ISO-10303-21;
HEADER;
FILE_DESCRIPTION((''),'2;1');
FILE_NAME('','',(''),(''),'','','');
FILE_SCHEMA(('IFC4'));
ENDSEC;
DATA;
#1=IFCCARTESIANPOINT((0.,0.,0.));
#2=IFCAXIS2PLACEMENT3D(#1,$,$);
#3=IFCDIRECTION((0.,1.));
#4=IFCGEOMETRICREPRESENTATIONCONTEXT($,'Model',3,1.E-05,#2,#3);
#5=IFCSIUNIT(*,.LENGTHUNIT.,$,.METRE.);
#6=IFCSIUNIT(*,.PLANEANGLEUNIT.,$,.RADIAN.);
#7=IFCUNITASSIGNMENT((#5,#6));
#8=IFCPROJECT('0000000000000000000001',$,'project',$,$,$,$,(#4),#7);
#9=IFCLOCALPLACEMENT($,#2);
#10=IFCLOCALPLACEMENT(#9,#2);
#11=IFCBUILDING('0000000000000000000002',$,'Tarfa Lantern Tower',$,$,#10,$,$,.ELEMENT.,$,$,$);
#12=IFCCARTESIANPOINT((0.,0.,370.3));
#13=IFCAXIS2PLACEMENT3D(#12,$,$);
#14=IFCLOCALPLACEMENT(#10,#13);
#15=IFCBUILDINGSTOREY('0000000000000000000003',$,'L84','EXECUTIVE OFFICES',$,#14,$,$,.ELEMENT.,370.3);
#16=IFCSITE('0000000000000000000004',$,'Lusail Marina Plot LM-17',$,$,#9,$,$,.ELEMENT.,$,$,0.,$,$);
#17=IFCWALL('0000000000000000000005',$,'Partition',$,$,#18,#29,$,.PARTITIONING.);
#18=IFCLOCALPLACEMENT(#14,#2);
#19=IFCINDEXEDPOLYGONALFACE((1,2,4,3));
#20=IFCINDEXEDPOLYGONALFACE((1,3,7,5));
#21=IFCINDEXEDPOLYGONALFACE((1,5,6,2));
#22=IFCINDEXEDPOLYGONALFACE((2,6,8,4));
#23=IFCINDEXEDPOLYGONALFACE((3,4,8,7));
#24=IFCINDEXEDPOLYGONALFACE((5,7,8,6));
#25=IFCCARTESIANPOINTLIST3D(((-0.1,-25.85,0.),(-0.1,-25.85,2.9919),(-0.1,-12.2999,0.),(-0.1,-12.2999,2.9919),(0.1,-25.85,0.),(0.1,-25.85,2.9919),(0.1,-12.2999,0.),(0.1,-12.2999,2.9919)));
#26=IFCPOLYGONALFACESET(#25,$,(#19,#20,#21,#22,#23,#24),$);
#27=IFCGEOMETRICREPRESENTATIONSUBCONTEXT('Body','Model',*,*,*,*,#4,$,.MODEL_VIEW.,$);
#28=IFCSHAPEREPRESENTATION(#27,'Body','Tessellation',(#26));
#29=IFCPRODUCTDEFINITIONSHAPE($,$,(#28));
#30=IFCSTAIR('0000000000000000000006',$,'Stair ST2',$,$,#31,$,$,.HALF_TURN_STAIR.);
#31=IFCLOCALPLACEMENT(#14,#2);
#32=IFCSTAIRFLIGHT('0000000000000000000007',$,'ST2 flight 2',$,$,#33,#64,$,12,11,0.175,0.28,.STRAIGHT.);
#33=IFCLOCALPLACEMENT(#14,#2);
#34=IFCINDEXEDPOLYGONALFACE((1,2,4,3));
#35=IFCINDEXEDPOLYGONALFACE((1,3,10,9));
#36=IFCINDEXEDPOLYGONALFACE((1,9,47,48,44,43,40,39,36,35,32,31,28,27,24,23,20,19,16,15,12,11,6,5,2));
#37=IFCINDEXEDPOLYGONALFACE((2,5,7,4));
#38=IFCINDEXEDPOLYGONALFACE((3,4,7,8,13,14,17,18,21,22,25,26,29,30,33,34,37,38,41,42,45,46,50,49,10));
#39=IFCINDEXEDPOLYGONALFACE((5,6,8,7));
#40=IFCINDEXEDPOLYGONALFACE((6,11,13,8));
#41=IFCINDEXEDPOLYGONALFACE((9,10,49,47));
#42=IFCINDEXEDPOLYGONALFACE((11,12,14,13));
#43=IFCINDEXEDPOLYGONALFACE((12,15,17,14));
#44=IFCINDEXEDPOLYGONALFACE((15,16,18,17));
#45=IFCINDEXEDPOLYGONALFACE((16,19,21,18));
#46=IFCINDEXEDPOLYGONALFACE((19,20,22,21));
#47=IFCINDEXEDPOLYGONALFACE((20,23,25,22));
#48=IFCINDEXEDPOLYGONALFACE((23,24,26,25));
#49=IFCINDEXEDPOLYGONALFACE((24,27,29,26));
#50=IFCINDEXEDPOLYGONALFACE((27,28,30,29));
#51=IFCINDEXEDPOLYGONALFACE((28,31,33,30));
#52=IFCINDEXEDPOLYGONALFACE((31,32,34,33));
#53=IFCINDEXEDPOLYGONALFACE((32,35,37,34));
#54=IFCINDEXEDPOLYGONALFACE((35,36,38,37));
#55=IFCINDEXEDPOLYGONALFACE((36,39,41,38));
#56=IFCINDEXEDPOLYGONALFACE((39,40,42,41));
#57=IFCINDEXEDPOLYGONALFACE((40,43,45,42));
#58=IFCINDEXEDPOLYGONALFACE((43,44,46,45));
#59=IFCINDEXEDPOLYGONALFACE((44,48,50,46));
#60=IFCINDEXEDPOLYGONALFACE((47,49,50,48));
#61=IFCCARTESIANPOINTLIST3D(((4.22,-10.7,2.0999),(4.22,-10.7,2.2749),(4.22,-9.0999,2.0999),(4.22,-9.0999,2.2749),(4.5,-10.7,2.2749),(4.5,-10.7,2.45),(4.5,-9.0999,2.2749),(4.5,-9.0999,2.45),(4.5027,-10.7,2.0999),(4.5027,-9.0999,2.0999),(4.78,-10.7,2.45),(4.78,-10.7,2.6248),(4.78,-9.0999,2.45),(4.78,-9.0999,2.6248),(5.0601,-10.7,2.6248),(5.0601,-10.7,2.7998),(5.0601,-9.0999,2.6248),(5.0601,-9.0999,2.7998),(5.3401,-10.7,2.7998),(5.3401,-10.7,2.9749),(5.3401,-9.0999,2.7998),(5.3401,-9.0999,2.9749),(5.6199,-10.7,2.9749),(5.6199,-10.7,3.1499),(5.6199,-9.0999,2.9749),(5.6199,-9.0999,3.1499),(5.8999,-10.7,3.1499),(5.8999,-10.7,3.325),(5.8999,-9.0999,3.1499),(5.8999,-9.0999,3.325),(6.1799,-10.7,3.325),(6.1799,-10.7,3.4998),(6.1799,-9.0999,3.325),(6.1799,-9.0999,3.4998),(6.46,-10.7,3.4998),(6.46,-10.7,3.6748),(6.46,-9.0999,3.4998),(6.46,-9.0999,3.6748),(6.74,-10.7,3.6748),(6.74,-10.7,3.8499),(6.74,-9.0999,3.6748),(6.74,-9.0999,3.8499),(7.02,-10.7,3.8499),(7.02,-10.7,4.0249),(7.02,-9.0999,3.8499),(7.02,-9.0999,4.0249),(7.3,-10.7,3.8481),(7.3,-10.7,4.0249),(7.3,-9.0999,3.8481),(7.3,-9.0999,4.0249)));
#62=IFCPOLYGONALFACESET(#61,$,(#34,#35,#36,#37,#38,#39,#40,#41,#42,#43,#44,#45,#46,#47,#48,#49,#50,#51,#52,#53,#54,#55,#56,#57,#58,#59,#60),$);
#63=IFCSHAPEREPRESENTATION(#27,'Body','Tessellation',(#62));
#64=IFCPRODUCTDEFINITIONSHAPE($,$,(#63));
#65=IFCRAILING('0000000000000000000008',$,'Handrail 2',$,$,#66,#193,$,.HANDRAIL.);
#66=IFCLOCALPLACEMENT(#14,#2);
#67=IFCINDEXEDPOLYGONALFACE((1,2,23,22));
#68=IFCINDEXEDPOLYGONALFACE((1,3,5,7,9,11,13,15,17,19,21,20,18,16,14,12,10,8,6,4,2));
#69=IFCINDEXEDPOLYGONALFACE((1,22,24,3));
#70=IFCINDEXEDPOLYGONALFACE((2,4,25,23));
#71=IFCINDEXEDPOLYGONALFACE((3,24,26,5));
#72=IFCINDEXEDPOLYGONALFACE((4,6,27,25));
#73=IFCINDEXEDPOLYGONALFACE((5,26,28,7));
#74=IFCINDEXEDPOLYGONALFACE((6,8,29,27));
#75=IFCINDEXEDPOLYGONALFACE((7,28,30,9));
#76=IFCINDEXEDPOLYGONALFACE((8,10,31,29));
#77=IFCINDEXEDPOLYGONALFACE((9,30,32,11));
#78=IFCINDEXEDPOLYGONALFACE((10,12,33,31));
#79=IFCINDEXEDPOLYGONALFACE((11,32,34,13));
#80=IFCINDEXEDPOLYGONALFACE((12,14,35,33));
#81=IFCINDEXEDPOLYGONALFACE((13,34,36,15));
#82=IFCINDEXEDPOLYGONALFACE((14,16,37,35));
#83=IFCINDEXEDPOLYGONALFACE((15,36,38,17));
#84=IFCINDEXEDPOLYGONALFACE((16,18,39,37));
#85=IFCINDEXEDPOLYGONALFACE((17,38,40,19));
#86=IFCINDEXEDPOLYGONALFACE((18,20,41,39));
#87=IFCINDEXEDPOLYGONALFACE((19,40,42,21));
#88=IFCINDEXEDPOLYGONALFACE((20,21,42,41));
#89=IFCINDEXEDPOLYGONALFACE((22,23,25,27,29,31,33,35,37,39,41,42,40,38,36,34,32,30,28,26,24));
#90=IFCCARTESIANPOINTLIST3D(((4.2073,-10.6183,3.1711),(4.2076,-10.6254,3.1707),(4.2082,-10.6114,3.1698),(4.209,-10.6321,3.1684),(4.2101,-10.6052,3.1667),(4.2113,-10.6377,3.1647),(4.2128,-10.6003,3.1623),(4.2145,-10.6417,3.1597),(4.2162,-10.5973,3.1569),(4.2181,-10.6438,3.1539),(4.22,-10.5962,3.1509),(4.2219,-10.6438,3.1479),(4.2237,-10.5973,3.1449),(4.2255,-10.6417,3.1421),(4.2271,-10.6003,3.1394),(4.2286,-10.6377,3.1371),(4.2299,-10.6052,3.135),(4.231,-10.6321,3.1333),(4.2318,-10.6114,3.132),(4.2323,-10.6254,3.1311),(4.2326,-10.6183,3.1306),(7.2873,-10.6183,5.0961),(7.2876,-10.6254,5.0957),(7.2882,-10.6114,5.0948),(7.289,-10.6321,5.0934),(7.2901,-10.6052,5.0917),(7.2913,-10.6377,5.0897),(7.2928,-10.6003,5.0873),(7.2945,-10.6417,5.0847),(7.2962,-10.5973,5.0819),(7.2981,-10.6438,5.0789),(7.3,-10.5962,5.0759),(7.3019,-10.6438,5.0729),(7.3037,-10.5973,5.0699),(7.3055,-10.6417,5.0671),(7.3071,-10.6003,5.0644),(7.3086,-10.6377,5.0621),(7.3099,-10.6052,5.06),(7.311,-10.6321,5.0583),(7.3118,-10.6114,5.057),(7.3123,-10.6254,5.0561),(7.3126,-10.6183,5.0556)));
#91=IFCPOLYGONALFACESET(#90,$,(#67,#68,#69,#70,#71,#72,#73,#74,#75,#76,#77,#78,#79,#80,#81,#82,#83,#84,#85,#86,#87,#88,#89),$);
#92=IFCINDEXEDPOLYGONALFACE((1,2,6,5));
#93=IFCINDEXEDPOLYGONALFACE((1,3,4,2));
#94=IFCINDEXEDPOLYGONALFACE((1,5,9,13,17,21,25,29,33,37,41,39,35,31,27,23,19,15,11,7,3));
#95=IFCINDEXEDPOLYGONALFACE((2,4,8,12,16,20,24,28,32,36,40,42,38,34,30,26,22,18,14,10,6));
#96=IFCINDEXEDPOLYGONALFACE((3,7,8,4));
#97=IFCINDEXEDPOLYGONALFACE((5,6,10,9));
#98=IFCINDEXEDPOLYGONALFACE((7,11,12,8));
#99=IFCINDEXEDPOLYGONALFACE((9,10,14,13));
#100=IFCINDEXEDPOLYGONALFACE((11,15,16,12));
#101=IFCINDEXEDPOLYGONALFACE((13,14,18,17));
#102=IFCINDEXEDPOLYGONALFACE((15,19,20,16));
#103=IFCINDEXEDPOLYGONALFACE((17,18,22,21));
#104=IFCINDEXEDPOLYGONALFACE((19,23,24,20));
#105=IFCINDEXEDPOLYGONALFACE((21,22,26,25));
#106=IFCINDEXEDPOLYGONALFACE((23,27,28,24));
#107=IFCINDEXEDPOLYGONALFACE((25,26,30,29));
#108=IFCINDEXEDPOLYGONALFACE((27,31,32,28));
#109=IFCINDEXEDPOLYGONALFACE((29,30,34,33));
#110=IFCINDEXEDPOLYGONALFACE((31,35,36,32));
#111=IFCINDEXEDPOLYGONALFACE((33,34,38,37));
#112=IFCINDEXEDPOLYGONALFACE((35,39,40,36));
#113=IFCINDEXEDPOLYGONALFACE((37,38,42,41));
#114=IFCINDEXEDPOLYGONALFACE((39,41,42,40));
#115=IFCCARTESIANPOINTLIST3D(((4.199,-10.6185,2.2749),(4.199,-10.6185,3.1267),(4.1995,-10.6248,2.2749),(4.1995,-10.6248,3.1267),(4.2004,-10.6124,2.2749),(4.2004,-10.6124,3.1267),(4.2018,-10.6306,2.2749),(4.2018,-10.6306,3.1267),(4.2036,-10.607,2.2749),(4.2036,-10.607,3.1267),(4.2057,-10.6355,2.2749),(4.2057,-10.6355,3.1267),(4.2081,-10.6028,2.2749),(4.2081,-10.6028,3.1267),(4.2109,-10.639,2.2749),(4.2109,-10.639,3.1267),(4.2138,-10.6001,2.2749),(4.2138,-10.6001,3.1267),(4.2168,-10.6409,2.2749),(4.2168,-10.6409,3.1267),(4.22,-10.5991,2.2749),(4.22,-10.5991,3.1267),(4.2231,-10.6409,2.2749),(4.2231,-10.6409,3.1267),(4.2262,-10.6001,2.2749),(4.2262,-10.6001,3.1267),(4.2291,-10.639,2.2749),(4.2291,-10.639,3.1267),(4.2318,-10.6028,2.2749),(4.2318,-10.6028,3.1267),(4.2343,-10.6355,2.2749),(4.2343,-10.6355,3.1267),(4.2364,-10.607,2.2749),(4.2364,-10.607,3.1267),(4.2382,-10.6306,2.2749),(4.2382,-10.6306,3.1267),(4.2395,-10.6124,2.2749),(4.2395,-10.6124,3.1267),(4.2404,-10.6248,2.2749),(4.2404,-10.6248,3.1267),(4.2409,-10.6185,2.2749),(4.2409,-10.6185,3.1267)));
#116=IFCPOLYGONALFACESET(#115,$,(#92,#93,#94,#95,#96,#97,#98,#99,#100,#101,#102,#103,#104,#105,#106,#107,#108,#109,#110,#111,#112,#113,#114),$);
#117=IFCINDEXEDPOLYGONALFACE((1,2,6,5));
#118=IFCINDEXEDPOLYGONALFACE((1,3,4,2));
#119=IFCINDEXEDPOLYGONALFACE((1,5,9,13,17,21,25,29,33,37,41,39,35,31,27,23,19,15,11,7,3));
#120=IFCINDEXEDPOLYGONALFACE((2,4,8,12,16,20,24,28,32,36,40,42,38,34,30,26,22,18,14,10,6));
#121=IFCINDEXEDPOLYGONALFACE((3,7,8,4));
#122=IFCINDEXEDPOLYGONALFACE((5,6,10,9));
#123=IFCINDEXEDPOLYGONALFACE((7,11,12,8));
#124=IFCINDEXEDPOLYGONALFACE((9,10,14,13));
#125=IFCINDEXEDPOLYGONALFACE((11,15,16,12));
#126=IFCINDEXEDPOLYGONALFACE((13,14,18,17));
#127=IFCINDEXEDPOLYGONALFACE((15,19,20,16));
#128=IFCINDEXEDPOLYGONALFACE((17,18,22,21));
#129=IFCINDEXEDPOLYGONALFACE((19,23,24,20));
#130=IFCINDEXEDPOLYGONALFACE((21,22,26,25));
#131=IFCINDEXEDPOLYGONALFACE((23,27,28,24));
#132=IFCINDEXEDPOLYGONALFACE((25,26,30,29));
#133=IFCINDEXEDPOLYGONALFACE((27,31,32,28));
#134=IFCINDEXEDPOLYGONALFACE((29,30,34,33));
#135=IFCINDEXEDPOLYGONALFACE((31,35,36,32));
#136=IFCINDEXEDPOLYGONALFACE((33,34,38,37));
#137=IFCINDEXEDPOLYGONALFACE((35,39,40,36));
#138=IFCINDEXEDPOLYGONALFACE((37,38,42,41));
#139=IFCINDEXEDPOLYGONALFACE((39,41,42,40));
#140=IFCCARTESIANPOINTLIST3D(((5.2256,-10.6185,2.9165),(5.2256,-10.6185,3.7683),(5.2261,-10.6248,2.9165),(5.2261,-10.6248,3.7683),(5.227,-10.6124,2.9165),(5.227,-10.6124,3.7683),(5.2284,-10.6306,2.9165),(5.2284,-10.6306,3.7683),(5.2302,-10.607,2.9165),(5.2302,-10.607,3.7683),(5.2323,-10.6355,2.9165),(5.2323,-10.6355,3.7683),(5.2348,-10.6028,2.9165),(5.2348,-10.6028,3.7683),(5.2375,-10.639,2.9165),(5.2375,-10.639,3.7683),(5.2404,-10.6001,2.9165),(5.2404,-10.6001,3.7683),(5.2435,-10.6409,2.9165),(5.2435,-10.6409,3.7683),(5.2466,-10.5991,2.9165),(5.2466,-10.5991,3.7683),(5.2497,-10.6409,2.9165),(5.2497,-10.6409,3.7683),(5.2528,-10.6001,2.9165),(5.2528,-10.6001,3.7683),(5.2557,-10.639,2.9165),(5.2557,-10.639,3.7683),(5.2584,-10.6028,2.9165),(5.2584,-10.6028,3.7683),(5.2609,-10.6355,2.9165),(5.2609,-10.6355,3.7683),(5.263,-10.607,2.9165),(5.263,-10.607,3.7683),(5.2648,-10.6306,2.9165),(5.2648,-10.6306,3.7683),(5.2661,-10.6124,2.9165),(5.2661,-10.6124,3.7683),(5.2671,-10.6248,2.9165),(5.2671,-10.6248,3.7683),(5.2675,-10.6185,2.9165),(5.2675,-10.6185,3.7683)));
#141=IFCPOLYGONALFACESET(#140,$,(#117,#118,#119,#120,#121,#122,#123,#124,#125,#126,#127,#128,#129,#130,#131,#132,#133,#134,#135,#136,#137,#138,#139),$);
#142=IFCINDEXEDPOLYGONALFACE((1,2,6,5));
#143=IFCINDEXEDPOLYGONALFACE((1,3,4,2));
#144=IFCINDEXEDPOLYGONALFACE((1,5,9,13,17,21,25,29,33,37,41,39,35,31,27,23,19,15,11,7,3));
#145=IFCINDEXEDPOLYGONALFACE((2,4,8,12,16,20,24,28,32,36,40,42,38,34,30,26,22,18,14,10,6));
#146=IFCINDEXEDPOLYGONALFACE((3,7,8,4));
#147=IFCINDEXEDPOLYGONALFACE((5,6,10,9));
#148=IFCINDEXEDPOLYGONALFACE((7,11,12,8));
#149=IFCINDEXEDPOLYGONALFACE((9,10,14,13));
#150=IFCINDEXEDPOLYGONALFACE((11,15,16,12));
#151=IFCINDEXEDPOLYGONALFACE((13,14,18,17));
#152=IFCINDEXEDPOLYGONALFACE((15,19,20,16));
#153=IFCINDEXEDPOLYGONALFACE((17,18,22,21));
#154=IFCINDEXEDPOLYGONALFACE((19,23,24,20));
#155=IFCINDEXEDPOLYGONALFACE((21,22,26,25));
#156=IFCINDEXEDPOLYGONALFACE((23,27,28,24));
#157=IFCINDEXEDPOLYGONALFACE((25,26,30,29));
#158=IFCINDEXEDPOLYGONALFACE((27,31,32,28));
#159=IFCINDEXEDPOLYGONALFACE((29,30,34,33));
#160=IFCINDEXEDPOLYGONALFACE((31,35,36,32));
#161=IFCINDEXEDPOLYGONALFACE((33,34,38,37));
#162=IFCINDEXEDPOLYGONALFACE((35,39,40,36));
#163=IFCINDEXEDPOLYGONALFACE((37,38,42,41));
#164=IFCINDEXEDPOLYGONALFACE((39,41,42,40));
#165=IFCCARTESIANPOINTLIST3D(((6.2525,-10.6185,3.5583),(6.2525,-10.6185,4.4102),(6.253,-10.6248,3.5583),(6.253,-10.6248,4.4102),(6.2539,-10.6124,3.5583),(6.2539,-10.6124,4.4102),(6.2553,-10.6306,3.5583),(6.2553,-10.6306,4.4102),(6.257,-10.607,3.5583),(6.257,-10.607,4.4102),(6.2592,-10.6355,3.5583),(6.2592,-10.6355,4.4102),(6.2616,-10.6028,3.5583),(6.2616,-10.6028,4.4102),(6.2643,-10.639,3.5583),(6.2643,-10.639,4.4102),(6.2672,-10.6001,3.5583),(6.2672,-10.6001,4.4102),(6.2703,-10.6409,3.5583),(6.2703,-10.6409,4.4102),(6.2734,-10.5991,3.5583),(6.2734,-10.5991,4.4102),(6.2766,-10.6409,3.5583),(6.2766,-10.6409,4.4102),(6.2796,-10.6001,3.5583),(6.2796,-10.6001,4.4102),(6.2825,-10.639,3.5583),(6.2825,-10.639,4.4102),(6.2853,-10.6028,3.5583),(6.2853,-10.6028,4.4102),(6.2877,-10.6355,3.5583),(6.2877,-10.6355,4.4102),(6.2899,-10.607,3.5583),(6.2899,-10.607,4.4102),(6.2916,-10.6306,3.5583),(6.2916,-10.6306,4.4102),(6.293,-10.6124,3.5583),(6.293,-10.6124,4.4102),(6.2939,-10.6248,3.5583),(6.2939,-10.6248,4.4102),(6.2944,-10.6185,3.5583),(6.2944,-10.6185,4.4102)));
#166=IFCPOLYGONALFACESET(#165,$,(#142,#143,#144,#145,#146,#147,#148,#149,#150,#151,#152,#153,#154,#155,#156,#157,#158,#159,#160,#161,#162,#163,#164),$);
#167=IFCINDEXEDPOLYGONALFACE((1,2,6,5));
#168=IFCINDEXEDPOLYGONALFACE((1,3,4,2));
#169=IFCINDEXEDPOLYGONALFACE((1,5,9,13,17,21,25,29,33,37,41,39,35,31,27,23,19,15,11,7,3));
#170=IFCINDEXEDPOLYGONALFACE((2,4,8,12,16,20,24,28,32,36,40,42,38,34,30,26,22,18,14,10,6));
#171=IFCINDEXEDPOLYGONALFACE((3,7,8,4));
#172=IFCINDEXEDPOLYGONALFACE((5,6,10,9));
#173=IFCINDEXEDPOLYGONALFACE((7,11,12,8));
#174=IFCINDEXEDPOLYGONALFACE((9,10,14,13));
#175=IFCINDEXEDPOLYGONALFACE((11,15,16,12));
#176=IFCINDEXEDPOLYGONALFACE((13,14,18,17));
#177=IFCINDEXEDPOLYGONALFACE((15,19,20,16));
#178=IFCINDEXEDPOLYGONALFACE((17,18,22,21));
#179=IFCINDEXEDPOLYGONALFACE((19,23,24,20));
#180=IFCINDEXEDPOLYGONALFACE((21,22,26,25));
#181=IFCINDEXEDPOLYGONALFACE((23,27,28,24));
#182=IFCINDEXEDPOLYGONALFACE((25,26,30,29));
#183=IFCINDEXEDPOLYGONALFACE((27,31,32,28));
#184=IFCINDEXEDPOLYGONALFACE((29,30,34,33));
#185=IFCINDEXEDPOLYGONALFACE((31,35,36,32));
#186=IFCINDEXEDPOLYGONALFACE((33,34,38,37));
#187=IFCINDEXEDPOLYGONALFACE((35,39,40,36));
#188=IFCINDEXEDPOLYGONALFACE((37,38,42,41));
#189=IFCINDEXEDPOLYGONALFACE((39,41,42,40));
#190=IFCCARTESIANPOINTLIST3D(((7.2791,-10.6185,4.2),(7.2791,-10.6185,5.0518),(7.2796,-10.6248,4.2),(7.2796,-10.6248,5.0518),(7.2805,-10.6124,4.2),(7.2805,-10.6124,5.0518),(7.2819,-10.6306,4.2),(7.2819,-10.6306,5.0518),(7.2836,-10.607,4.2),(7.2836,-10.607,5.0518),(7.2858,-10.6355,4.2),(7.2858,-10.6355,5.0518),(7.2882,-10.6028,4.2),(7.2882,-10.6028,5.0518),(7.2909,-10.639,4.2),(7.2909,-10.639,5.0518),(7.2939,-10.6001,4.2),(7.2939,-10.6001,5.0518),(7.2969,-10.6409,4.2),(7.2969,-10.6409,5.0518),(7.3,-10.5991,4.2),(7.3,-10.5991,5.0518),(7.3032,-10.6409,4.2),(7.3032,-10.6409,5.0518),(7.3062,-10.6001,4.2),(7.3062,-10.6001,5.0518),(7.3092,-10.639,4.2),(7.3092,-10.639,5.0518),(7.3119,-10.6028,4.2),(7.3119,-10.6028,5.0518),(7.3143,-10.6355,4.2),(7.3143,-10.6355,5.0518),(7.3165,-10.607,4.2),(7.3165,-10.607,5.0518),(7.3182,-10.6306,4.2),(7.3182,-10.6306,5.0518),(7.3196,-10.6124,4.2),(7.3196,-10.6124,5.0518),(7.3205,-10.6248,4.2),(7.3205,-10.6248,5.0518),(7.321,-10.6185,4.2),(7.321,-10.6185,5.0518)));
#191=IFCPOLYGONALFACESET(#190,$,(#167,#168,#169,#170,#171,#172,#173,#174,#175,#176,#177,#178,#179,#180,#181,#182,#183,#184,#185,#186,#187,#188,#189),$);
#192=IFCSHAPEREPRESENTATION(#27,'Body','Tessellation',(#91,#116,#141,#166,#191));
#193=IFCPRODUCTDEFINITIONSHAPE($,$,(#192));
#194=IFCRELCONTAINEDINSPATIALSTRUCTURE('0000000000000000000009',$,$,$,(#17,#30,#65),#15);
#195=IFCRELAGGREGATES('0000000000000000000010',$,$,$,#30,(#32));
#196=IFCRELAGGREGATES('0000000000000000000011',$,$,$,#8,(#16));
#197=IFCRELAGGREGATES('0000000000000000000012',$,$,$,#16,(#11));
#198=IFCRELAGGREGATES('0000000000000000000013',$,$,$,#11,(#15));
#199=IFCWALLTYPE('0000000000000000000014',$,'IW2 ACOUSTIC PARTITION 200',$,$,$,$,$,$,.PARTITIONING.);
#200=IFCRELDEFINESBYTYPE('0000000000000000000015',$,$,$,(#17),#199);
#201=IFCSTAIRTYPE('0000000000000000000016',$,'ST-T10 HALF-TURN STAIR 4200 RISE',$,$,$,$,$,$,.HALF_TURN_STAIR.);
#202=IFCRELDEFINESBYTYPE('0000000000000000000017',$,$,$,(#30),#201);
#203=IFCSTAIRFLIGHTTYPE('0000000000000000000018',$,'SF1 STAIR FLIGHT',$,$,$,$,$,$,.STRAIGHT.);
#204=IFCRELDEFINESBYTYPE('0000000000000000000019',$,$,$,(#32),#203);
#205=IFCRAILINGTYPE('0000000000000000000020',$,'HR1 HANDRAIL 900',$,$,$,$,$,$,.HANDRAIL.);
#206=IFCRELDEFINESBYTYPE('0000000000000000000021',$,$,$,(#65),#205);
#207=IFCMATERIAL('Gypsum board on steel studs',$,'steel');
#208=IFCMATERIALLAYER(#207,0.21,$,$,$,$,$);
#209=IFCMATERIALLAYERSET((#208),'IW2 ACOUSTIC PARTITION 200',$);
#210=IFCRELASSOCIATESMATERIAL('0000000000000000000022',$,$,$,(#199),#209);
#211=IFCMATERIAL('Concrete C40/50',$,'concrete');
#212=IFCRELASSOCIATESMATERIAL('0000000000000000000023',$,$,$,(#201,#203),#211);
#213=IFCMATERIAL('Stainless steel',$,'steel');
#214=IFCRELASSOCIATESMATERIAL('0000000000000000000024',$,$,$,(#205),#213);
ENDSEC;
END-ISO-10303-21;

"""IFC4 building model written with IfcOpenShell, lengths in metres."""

from ifc_helpers import new_model, si_unit, direction, frame, frame_2d, origin, origin_2d, place, context, subcontext, project, spatial, polyline, rectangle, circle, outline, extrude, material, layer, layer_set, type_object, element, aggregate, save


model = new_model("IFC4")

# Units and contexts
model_context = context("Model", 3, precision=1e-05, world=origin(), true_north=direction((0.0, 1.0)))
body_context = subcontext(model_context, "Body", "Model", "MODEL_VIEW")
ifc_project = project(units=[si_unit("LENGTHUNIT", "METRE"), si_unit("PLANEANGLEUNIT", "RADIAN")], contexts=[model_context])

# Site, building, storey
site_placement = place(None, origin())
site = spatial("IfcSite", under=ifc_project, at=site_placement, Name="Lusail Marina Plot LM-17", CompositionType="ELEMENT", RefElevation=0.0)
building_placement = place(site_placement, origin())
building = spatial("IfcBuilding", under=site, at=building_placement, Name="Tarfa Lantern Tower", CompositionType="ELEMENT")
storey_placement = place(building_placement, frame((0.0, 0.0, 370.3)))
storey = spatial("IfcBuildingStorey", under=building, at=storey_placement, Name="L84", Description="EXECUTIVE OFFICES", CompositionType="ELEMENT", Elevation=370.3)

# Wall
ifc_material_1 = material(Name="Gypsum board on steel studs", Category="steel")
ifc_layer_1 = layer(ifc_material_1, 0.21)
ifc_layer_set_1 = layer_set([ifc_layer_1], Name="IW2 ACOUSTIC PARTITION 200")
wall_type = type_object("IfcWallType", Name="IW2 ACOUSTIC PARTITION 200", PredefinedType="PARTITIONING", material=ifc_layer_set_1)
wall_placement = place(storey_placement, frame((0.0, -12.3, 0.0), z_axis=(0.0, 0.0, 1.0), x_axis=(0.0, -1.0, 0.0)))
element("IfcWall", 1, at=wall_placement, inside=storey, type_object=wall_type, Name="Partition", PredefinedType="PARTITIONING", context=body_context, shape_type="SweptSolid", body=[
    extrude(rectangle(XDim=13.55, YDim=0.2, at=frame_2d((6.7749, 0.0))), origin(), (0.0, 0.0, 1.0), 2.9919),
])

# Stair, stair flight
ifc_material_2 = material(Name="Concrete C40/50", Category="concrete")
stair_type = type_object("IfcStairType", Name="ST-T10 HALF-TURN STAIR 4200 RISE", PredefinedType="HALF_TURN_STAIR", material=ifc_material_2)
stair_placement = place(storey_placement, origin())
stair = element("IfcStair", 2, at=stair_placement, inside=storey, type_object=stair_type, Name="Stair ST2", PredefinedType="HALF_TURN_STAIR")
stair_flight_type = type_object("IfcStairFlightType", Name="SF1 STAIR FLIGHT", PredefinedType="STRAIGHT", material=ifc_material_2)
stair_flight_placement = place(storey_placement, frame((4.22, -9.8999, 2.0999), z_axis=(0.0, 0.0, 1.0), x_axis=(1.0, 0.0, 0.0)))
stair_flight = element("IfcStairFlight", 3, at=stair_flight_placement, type_object=stair_flight_type, Name="ST2 flight 2", NumberOfRisers=12, NumberOfTreads=11, PredefinedType="STRAIGHT", RiserHeight=0.175, TreadLength=0.28, context=body_context, shape_type="SweptSolid", body=[
    extrude(outline(polyline([(0.0, 0.0), (0.0, 0.175), (0.28, 0.175), (0.28, 0.3501), (0.5601, 0.3501), (0.5601, 0.5249), (0.8401, 0.5249), (0.8401, 0.7), (1.1201, 0.7), (1.1201, 0.875), (1.3999, 0.875), (1.3999, 1.05), (1.6799, 1.05), (1.6799, 1.2251), (1.96, 1.2251), (1.96, 1.3999), (2.24, 1.3999), (2.24, 1.575), (2.52, 1.575), (2.52, 1.75), (2.8, 1.75), (2.8, 1.925), (3.0801, 1.925), (3.0801, 2.1001), (3.0801, 1.7483), (0.2827, 0.0), (0.0, 0.0)])), frame((0.0, 0.8, 0.0), z_axis=(0.0, -1.0, 0.0), x_axis=(1.0, 0.0, 0.0)), (0.0, 0.0, 1.0), 1.6001),
])
aggregate(stair, [stair_flight])

# Railing
ifc_material_3 = material(Name="Stainless steel", Category="steel")
railing_type = type_object("IfcRailingType", Name="HR1 HANDRAIL 900", PredefinedType="HANDRAIL", material=ifc_material_3)
railing_placement = place(storey_placement, frame((4.22, -10.6201, 2.2749)))
element("IfcRailing", 4, at=railing_placement, inside=storey, type_object=railing_type, Name="Handrail 2", PredefinedType="HANDRAIL", context=body_context, shape_type="SweptSolid", body=[
    extrude(circle(Radius=0.0239, at=origin_2d()), frame((0.0, 0.0, 0.876), z_axis=(0.847998, 0.0, 0.529999), x_axis=(0.0, 1.0, 0.0)), (0.0, 0.0, 1.0), 3.6321),
    extrude(circle(Radius=0.021, at=origin_2d()), frame((0.0, 0.0, 0.0), z_axis=(0.0, 0.0, 1.0), x_axis=(0.0, 1.0, 0.0)), (0.0, 0.0, 1.0), 0.8518),
    extrude(circle(Radius=0.021, at=origin_2d()), frame((1.0266, 0.0, 0.6416), z_axis=(0.0, 0.0, 1.0), x_axis=(0.0, 1.0, 0.0)), (0.0, 0.0, 1.0), 0.8518),
    extrude(circle(Radius=0.021, at=origin_2d()), frame((2.0535, 0.0, 1.2834), z_axis=(0.0, 0.0, 1.0), x_axis=(0.0, 1.0, 0.0)), (0.0, 0.0, 1.0), 0.8518),
    extrude(circle(Radius=0.021, at=origin_2d()), frame((3.0801, 0.0, 1.925), z_axis=(0.0, 0.0, 1.0), x_axis=(0.0, 1.0, 0.0)), (0.0, 0.0, 1.0), 0.8518),
])

save(model, "model.ifc")
